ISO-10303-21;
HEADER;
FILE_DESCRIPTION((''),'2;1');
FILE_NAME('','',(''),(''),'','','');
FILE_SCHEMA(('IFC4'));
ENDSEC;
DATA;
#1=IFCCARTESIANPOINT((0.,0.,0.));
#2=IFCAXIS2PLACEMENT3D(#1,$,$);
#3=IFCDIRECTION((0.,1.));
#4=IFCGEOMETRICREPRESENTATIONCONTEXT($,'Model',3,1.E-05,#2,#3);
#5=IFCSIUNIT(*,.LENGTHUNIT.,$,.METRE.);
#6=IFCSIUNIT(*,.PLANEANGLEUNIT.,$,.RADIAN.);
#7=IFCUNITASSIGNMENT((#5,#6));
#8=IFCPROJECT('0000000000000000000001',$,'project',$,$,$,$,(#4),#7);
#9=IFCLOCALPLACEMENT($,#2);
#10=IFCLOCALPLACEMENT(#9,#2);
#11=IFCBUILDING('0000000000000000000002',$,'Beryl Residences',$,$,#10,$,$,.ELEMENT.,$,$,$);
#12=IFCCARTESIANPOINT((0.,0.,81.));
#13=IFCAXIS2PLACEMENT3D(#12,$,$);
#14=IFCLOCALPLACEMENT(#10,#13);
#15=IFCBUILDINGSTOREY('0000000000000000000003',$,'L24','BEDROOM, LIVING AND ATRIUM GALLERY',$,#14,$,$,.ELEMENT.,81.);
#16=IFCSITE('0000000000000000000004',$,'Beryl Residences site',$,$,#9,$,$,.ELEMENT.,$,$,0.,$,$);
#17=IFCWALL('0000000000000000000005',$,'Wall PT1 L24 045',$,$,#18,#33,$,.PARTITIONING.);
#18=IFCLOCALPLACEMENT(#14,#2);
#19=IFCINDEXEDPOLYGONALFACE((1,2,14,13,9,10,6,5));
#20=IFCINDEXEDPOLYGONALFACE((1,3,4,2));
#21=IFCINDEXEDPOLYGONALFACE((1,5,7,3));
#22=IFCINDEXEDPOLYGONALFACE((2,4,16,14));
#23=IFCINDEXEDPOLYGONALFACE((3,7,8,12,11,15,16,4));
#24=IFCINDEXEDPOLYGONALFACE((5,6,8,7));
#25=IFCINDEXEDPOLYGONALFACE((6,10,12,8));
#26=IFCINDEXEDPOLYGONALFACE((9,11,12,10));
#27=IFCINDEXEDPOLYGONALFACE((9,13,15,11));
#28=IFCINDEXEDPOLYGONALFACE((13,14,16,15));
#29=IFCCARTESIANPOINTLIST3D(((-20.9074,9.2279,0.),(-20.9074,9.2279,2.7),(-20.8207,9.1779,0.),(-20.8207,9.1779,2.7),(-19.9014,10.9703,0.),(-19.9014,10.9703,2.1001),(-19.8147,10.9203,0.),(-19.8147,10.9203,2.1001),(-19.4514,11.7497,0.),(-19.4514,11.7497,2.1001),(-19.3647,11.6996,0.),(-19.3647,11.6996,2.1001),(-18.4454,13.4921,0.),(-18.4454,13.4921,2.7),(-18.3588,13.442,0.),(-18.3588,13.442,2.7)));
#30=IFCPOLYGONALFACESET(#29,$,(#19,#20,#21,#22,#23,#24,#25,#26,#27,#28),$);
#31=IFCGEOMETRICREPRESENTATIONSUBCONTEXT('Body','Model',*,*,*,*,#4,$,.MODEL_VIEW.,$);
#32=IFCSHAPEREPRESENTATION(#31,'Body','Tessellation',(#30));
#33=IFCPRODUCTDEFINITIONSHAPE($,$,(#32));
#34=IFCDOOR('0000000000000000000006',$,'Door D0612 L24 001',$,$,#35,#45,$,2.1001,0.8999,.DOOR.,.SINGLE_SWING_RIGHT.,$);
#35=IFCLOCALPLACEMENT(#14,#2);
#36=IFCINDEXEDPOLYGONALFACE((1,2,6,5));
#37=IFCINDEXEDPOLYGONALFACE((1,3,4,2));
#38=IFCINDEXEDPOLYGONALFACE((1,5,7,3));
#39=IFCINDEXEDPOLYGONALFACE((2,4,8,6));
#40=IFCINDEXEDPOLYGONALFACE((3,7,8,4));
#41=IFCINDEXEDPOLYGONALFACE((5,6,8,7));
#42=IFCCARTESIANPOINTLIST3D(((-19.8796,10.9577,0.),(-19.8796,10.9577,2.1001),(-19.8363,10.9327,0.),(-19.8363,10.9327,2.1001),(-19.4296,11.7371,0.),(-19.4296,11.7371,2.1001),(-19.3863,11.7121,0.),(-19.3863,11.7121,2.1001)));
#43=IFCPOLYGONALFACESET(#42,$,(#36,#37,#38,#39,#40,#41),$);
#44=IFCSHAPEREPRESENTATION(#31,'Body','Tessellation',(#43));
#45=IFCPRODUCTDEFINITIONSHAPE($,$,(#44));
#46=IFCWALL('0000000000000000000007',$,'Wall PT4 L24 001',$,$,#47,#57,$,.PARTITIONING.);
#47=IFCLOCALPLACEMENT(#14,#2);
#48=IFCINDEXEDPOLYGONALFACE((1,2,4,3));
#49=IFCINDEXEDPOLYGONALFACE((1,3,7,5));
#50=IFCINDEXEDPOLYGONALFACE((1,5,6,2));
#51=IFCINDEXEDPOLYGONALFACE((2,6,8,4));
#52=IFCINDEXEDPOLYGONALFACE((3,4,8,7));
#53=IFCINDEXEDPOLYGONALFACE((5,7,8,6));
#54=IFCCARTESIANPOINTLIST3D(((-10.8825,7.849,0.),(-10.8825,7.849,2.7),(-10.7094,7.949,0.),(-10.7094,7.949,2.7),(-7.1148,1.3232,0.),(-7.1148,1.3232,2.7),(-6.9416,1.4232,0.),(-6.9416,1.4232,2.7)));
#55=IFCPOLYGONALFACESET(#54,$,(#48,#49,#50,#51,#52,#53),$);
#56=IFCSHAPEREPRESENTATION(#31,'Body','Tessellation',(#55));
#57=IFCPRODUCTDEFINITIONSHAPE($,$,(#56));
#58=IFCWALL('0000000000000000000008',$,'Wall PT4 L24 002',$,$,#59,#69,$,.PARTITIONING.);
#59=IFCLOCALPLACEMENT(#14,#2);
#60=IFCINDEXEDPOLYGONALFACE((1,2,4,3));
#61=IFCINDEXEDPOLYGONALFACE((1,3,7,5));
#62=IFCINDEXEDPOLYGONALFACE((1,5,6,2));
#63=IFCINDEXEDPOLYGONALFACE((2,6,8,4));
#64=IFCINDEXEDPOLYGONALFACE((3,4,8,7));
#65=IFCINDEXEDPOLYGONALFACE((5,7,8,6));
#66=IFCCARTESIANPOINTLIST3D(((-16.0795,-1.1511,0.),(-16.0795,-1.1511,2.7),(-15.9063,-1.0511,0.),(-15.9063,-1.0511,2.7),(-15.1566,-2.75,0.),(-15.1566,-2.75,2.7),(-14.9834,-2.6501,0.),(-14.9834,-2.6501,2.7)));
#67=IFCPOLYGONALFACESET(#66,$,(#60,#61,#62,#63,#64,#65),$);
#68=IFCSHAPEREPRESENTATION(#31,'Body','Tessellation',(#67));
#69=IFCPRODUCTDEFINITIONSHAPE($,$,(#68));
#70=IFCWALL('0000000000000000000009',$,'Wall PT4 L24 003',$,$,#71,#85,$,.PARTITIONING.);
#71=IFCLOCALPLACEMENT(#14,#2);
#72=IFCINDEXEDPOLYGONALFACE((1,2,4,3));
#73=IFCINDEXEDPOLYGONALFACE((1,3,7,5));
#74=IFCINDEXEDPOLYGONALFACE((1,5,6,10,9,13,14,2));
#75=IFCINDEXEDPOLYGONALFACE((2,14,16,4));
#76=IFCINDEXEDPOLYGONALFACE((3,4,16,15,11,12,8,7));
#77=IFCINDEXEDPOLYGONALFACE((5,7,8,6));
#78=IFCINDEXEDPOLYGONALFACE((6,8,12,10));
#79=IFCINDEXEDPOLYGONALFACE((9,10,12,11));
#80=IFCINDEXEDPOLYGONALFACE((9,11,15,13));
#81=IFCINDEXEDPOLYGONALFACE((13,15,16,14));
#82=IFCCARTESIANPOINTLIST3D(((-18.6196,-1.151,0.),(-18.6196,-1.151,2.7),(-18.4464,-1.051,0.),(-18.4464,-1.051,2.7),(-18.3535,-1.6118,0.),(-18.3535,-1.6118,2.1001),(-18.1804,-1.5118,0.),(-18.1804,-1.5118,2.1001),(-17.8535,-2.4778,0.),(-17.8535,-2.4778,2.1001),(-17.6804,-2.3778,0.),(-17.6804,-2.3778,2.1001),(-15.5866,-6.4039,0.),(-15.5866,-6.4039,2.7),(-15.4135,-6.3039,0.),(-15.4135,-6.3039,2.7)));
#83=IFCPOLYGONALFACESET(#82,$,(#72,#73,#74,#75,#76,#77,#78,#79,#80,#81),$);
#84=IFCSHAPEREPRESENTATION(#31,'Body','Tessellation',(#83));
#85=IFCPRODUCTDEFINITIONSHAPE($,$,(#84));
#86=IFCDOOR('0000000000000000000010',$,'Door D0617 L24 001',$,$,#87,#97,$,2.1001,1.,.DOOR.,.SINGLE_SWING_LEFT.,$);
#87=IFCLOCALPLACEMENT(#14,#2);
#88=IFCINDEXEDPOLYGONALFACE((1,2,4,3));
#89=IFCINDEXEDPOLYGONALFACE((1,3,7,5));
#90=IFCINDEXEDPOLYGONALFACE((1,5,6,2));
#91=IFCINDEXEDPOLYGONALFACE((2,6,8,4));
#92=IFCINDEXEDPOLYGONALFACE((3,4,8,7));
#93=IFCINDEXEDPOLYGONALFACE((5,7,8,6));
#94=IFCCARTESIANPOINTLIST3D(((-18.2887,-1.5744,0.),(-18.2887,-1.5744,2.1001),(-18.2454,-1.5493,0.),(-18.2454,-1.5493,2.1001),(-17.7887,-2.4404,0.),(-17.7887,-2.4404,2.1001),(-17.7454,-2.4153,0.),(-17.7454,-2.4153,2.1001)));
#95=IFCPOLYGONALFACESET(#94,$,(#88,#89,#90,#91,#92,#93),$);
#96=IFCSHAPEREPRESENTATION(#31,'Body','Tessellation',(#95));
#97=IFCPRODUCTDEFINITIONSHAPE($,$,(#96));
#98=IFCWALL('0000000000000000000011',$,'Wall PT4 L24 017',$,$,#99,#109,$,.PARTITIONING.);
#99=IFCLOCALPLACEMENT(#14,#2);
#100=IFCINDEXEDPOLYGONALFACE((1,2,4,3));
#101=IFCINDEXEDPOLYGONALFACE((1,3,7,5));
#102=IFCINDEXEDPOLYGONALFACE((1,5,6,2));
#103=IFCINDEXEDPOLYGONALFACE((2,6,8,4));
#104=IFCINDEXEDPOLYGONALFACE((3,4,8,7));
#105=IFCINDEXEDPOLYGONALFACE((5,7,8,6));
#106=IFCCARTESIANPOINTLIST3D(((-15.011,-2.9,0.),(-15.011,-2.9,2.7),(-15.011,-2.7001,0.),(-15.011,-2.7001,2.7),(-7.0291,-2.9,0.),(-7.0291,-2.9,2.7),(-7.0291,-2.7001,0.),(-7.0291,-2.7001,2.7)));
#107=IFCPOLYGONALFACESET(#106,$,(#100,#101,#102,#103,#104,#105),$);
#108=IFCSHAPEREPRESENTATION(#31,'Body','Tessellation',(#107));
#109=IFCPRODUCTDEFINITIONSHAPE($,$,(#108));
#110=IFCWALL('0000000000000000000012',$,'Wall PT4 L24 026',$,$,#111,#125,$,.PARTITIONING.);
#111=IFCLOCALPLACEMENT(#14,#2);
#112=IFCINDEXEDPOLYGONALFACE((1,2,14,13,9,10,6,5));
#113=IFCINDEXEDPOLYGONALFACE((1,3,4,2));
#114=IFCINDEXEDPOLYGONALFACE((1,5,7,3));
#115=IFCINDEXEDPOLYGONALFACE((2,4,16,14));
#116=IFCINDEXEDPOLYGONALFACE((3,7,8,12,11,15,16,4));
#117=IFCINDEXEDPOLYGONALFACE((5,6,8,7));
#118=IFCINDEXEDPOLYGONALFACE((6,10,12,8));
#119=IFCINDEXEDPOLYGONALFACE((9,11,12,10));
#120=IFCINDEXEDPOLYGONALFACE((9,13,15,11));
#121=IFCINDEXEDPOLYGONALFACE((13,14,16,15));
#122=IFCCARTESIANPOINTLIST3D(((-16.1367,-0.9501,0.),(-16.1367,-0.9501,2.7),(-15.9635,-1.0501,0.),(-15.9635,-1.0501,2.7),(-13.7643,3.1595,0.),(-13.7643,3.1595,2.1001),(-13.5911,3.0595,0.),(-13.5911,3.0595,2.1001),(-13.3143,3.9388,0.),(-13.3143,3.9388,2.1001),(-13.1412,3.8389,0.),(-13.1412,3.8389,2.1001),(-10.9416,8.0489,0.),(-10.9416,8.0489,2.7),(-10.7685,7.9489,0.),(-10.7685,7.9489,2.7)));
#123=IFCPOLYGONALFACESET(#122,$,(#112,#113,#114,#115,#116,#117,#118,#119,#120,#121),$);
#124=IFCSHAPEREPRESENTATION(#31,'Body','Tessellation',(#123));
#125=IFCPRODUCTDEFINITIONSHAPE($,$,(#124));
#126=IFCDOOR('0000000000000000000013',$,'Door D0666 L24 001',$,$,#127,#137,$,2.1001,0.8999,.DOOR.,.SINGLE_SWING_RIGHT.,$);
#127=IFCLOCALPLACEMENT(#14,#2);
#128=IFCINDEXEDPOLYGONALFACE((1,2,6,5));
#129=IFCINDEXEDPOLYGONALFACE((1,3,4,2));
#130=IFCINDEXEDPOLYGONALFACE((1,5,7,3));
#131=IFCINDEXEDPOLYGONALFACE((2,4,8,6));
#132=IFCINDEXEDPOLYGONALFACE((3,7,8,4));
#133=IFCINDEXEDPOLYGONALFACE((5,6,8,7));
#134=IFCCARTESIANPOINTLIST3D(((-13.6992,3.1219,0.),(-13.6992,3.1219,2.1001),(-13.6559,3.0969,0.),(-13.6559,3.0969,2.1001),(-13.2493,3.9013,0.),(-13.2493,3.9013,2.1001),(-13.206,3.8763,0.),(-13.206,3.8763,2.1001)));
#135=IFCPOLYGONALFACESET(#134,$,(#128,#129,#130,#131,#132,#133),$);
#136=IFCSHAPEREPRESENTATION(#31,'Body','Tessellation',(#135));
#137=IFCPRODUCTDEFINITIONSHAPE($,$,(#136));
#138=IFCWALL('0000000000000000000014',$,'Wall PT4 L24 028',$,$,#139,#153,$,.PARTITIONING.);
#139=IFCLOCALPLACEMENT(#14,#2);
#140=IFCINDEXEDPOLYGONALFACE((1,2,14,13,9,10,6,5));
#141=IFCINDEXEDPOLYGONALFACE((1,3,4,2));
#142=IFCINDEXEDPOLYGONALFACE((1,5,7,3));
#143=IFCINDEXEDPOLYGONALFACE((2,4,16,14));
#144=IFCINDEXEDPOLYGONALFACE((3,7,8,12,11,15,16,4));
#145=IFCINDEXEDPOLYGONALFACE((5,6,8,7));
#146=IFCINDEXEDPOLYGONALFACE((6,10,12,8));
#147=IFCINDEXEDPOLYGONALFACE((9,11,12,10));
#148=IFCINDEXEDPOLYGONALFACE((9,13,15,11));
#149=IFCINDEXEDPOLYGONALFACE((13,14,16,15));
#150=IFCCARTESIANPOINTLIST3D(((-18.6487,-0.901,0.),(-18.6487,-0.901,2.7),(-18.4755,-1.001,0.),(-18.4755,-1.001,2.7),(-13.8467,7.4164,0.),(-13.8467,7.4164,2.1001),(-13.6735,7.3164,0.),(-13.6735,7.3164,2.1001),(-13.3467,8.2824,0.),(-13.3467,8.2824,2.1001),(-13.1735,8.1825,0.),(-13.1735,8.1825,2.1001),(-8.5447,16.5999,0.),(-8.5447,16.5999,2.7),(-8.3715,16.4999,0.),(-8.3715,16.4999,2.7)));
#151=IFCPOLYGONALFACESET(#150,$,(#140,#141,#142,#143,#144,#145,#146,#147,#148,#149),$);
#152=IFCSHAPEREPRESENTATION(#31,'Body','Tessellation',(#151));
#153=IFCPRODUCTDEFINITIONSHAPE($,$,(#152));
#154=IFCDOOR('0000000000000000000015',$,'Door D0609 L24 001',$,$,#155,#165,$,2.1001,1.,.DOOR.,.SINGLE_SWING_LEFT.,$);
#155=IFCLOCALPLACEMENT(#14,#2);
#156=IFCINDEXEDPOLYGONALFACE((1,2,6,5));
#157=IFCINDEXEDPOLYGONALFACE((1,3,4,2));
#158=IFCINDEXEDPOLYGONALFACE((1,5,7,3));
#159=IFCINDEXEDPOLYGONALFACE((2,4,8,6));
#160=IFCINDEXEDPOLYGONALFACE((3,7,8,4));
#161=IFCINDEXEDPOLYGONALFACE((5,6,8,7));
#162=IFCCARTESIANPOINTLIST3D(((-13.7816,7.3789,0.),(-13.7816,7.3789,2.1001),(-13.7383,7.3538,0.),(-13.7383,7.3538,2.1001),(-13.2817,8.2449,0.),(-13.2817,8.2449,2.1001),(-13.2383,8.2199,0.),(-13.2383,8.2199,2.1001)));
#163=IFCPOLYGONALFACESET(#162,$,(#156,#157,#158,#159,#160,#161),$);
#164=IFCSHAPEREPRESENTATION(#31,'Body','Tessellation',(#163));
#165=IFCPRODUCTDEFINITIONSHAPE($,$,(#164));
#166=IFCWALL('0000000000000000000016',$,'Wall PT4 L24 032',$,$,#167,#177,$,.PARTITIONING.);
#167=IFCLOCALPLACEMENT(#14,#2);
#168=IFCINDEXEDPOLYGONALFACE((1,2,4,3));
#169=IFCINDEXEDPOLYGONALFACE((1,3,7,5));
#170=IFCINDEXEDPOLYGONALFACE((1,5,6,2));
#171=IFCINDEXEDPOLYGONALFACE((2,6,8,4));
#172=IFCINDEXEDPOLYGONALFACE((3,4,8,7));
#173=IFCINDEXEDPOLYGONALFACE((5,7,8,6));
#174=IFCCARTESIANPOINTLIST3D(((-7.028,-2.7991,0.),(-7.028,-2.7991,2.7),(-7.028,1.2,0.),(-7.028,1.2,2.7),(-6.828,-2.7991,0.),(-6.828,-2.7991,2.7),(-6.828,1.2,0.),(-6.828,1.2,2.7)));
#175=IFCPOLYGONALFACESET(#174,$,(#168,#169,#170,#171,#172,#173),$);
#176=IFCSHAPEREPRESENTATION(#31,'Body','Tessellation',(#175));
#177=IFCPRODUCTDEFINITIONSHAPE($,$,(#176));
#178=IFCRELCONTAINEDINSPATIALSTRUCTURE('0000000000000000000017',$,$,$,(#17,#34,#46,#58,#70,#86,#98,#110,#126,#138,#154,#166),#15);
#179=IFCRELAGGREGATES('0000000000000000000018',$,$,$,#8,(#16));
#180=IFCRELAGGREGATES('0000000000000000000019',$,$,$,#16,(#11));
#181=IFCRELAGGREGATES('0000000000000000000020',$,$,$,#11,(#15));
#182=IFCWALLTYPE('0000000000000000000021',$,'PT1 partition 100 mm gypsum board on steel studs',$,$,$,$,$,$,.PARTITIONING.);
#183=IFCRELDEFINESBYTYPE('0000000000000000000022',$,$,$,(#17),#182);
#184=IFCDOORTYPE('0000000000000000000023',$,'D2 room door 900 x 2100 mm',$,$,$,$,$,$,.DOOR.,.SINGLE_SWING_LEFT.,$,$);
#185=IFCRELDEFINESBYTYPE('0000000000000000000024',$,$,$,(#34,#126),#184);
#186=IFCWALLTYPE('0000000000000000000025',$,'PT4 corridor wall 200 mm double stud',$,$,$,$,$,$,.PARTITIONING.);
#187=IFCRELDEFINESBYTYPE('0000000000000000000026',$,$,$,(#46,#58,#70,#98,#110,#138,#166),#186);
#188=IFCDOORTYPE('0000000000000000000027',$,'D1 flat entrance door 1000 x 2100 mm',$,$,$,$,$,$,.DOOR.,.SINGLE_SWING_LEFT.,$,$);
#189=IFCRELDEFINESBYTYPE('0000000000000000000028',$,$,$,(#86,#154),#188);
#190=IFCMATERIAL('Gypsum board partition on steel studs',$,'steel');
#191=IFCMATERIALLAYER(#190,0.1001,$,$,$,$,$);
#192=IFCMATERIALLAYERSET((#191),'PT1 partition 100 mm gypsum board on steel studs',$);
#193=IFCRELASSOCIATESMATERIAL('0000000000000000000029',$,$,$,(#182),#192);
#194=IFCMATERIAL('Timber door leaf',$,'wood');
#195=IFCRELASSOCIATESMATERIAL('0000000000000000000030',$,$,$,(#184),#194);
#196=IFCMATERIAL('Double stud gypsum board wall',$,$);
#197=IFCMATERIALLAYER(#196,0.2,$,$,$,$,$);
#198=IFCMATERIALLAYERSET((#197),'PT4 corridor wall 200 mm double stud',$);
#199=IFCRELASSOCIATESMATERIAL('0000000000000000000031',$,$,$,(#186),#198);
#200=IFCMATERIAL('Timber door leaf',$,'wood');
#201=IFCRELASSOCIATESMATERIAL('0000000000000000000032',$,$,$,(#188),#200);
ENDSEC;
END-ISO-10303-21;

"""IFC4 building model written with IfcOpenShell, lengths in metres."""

from ifc_helpers import new_model, si_unit, direction, frame, frame_2d, origin, place, context, subcontext, project, spatial, rectangle, extrude, material, layer, layer_set, type_object, element, fill, save


model = new_model("IFC4")

# Units and contexts
model_context = context("Model", 3, precision=1e-05, world=origin(), true_north=direction((0.0, 1.0)))
body_context = subcontext(model_context, "Body", "Model", "MODEL_VIEW")
ifc_project = project(units=[si_unit("LENGTHUNIT", "METRE"), si_unit("PLANEANGLEUNIT", "RADIAN")], contexts=[model_context])

# Site, building, storey
site_placement = place(None, origin())
site = spatial("IfcSite", under=ifc_project, at=site_placement, Name="Beryl Residences site", CompositionType="ELEMENT", RefElevation=0.0)
building_placement = place(site_placement, origin())
building = spatial("IfcBuilding", under=site, at=building_placement, Name="Beryl Residences", CompositionType="ELEMENT")
storey_placement = place(building_placement, frame((0.0, 0.0, 81.0)))
storey = spatial("IfcBuildingStorey", under=building, at=storey_placement, Name="L24", Description="BEDROOM, LIVING AND ATRIUM GALLERY", CompositionType="ELEMENT", Elevation=81.0)

# Shared definitions
ifc_material_1 = material(Name="Gypsum board partition on steel studs", Category="steel")
ifc_layer_1 = layer(ifc_material_1, 0.1001)
ifc_layer_set_1 = layer_set([ifc_layer_1], Name="PT1 partition 100 mm gypsum board on steel studs")
wall_type_1 = type_object("IfcWallType", Name="PT1 partition 100 mm gypsum board on steel studs", PredefinedType="PARTITIONING", material=ifc_layer_set_1)
ifc_material_2 = material(Name="Timber door leaf", Category="wood")
door_type_1 = type_object("IfcDoorType", Name="D2 room door 900 x 2100 mm", OperationType="SINGLE_SWING_LEFT", PredefinedType="DOOR", material=ifc_material_2)

# Wall, opening, door
wall_1_placement = place(storey_placement, frame((-20.864, 9.2029, 0.0), z_axis=(0.0, 0.0, 1.0), x_axis=(0.5, 0.866025, 0.0)))
wall_1 = element("IfcWall", 1, at=wall_1_placement, inside=storey, type_object=wall_type_1, Name="Wall PT1 L24 045", PredefinedType="PARTITIONING", context=body_context, shape_type="SweptSolid", body=[
    extrude(rectangle(XDim=4.9238, YDim=0.1001, at=frame_2d((2.4619, 0.0))), origin(), (0.0, 0.0, 1.0), 2.7),
])
opening_1_placement = place(wall_1_placement, frame((2.012, 0.0, 0.0)))
opening_1 = element("IfcOpeningElement", 2, at=opening_1_placement, cuts=wall_1, PredefinedType="OPENING", context=body_context, shape_type="SweptSolid", body=[
    extrude(rectangle(XDim=0.8999, YDim=2.1001, at=frame_2d((0.45, 1.05))), frame((0.0, 0.0601, 0.0), z_axis=(0.0, -1.0, 0.0), x_axis=(1.0, 0.0, 0.0)), (0.0, 0.0, 1.0), 0.1201),
])
door_1_placement = place(opening_1_placement, origin())
door_1 = element("IfcDoor", 3, at=door_1_placement, inside=storey, type_object=door_type_1, Name="Door D0612 L24 001", OperationType="SINGLE_SWING_RIGHT", OverallHeight=2.1001, OverallWidth=0.8999, PredefinedType="DOOR", context=body_context, shape_type="SweptSolid", body=[
    extrude(rectangle(XDim=0.8999, YDim=2.1001, at=frame_2d((0.45, 1.05))), frame((0.0, 0.0249, 0.0), z_axis=(0.0, -1.0, 0.0), x_axis=(1.0, 0.0, 0.0)), (0.0, 0.0, 1.0), 0.05),
])
fill(opening_1, door_1)

# Walls
ifc_material_3 = material(Name="Double stud gypsum board wall")
ifc_layer_2 = layer(ifc_material_3, 0.2)
ifc_layer_set_2 = layer_set([ifc_layer_2], Name="PT4 corridor wall 200 mm double stud")
wall_type_2 = type_object("IfcWallType", Name="PT4 corridor wall 200 mm double stud", PredefinedType="PARTITIONING", material=ifc_layer_set_2)
wall_2_placement = place(storey_placement, frame((-10.7959, 7.8989, 0.0), z_axis=(0.0, 0.0, 1.0), x_axis=(0.50001, -0.866019, 0.0)))
element("IfcWall", 4, at=wall_2_placement, inside=storey, type_object=wall_type_2, Name="Wall PT4 L24 001", PredefinedType="PARTITIONING", context=body_context, shape_type="SweptSolid", body=[
    extrude(rectangle(XDim=7.5354, YDim=0.2, at=frame_2d((3.7676, 0.0))), origin(), (0.0, 0.0, 1.0), 2.7),
])
wall_3_placement = place(storey_placement, frame((-15.9929, -1.1011, 0.0), z_axis=(0.0, 0.0, 1.0), x_axis=(0.499894, -0.866086, 0.0)))
element("IfcWall", 5, at=wall_3_placement, inside=storey, type_object=wall_type_2, Name="Wall PT4 L24 002", PredefinedType="PARTITIONING", context=body_context, shape_type="SweptSolid", body=[
    extrude(rectangle(XDim=1.8462, YDim=0.2, at=frame_2d((0.9231, 0.0))), origin(), (0.0, 0.0, 1.0), 2.7),
])

# Wall, opening, door
wall_4_placement = place(storey_placement, frame((-18.533, -1.1011, 0.0), z_axis=(0.0, 0.0, 1.0), x_axis=(0.500022, -0.866013, 0.0)))
wall_4 = element("IfcWall", 6, at=wall_4_placement, inside=storey, type_object=wall_type_2, Name="Wall PT4 L24 003", PredefinedType="PARTITIONING", context=body_context, shape_type="SweptSolid", body=[
    extrude(rectangle(XDim=6.0657, YDim=0.2, at=frame_2d((3.0327, 0.0))), origin(), (0.0, 0.0, 1.0), 2.7),
])
opening_2_placement = place(wall_4_placement, frame((0.532, 0.0, 0.0)))
opening_2 = element("IfcOpeningElement", 7, at=opening_2_placement, cuts=wall_4, PredefinedType="OPENING", context=body_context, shape_type="SweptSolid", body=[
    extrude(rectangle(XDim=1.0, YDim=2.1001, at=frame_2d((0.5, 1.05))), frame((0.0, 0.1099, 0.0), z_axis=(0.0, -1.0, 0.0), x_axis=(1.0, 0.0, 0.0)), (0.0, 0.0, 1.0), 0.22),
])
ifc_material_4 = material(Name="Timber door leaf", Category="wood")
door_type_2 = type_object("IfcDoorType", Name="D1 flat entrance door 1000 x 2100 mm", OperationType="SINGLE_SWING_LEFT", PredefinedType="DOOR", material=ifc_material_4)
door_2_placement = place(opening_2_placement, origin())
door_2 = element("IfcDoor", 8, at=door_2_placement, inside=storey, type_object=door_type_2, Name="Door D0617 L24 001", OperationType="SINGLE_SWING_LEFT", OverallHeight=2.1001, OverallWidth=1.0, PredefinedType="DOOR", context=body_context, shape_type="SweptSolid", body=[
    extrude(rectangle(XDim=1.0, YDim=2.1001, at=frame_2d((0.5, 1.05))), frame((0.0, 0.0249, 0.0), z_axis=(0.0, -1.0, 0.0), x_axis=(1.0, 0.0, 0.0)), (0.0, 0.0, 1.0), 0.05),
])
fill(opening_2, door_2)

# Wall
wall_5_placement = place(storey_placement, frame((-15.011, -2.8, 0.0), z_axis=(0.0, 0.0, 1.0), x_axis=(1.0, 0.0, 0.0)))
element("IfcWall", 9, at=wall_5_placement, inside=storey, type_object=wall_type_2, Name="Wall PT4 L24 017", PredefinedType="PARTITIONING", context=body_context, shape_type="SweptSolid", body=[
    extrude(rectangle(XDim=7.9819, YDim=0.2, at=frame_2d((3.991, 0.0))), origin(), (0.0, 0.0, 1.0), 2.7),
])

# Walls, openings, doors
wall_6_placement = place(storey_placement, frame((-16.05, -1.0, 0.0), z_axis=(0.0, 0.0, 1.0), x_axis=(0.499962, 0.866047, 0.0)))
wall_6 = element("IfcWall", 10, at=wall_6_placement, inside=storey, type_object=wall_type_2, Name="Wall PT4 L24 026", PredefinedType="PARTITIONING", context=body_context, shape_type="SweptSolid", body=[
    extrude(rectangle(XDim=10.3909, YDim=0.2, at=frame_2d((5.1953, 0.0))), origin(), (0.0, 0.0, 1.0), 2.7),
])
opening_3_placement = place(wall_6_placement, frame((4.7451, 0.0, 0.0)))
opening_3 = element("IfcOpeningElement", 11, at=opening_3_placement, cuts=wall_6, PredefinedType="OPENING", context=body_context, shape_type="SweptSolid", body=[
    extrude(rectangle(XDim=0.8999, YDim=2.1001, at=frame_2d((0.45, 1.05))), frame((0.0, 0.1099, 0.0), z_axis=(0.0, -1.0, 0.0), x_axis=(1.0, 0.0, 0.0)), (0.0, 0.0, 1.0), 0.22),
])
door_3_placement = place(opening_3_placement, origin())
door_3 = element("IfcDoor", 12, at=door_3_placement, inside=storey, type_object=door_type_1, Name="Door D0666 L24 001", OperationType="SINGLE_SWING_RIGHT", OverallHeight=2.1001, OverallWidth=0.8999, PredefinedType="DOOR", context=body_context, shape_type="SweptSolid", body=[
    extrude(rectangle(XDim=0.8999, YDim=2.1001, at=frame_2d((0.45, 1.05))), frame((0.0, 0.0249, 0.0), z_axis=(0.0, -1.0, 0.0), x_axis=(1.0, 0.0, 0.0)), (0.0, 0.0, 1.0), 0.05),
])
fill(opening_3, door_3)
wall_7_placement = place(storey_placement, frame((-18.562, -0.9509, 0.0), z_axis=(0.0, 0.0, 1.0), x_axis=(0.499993, 0.866029, 0.0)))
wall_7 = element("IfcWall", 13, at=wall_7_placement, inside=storey, type_object=wall_type_2, Name="Wall PT4 L24 028", PredefinedType="PARTITIONING", context=body_context, shape_type="SweptSolid", body=[
    extrude(rectangle(XDim=20.2083, YDim=0.2, at=frame_2d((10.104, 0.0))), origin(), (0.0, 0.0, 1.0), 2.7),
])
opening_4_placement = place(wall_7_placement, frame((9.604, 0.0, 0.0)))
opening_4 = element("IfcOpeningElement", 14, at=opening_4_placement, cuts=wall_7, PredefinedType="OPENING", context=body_context, shape_type="SweptSolid", body=[
    extrude(rectangle(XDim=1.0, YDim=2.1001, at=frame_2d((0.5, 1.05))), frame((0.0, 0.1099, 0.0), z_axis=(0.0, -1.0, 0.0), x_axis=(1.0, 0.0, 0.0)), (0.0, 0.0, 1.0), 0.22),
])
door_4_placement = place(opening_4_placement, origin())
door_4 = element("IfcDoor", 15, at=door_4_placement, inside=storey, type_object=door_type_2, Name="Door D0609 L24 001", OperationType="SINGLE_SWING_LEFT", OverallHeight=2.1001, OverallWidth=1.0, PredefinedType="DOOR", context=body_context, shape_type="SweptSolid", body=[
    extrude(rectangle(XDim=1.0, YDim=2.1001, at=frame_2d((0.5, 1.05))), frame((0.0, 0.0249, 0.0), z_axis=(0.0, -1.0, 0.0), x_axis=(1.0, 0.0, 0.0)), (0.0, 0.0, 1.0), 0.05),
])
fill(opening_4, door_4)

# Wall
wall_8_placement = place(storey_placement, frame((-6.928, -2.7991, 0.0), z_axis=(0.0, 0.0, 1.0), x_axis=(0.0, 1.0, 0.0)))
element("IfcWall", 16, at=wall_8_placement, inside=storey, type_object=wall_type_2, Name="Wall PT4 L24 032", PredefinedType="PARTITIONING", context=body_context, shape_type="SweptSolid", body=[
    extrude(rectangle(XDim=3.999, YDim=0.2, at=frame_2d((1.9995, 0.0))), origin(), (0.0, 0.0, 1.0), 2.7),
])

save(model, "model.ifc")
